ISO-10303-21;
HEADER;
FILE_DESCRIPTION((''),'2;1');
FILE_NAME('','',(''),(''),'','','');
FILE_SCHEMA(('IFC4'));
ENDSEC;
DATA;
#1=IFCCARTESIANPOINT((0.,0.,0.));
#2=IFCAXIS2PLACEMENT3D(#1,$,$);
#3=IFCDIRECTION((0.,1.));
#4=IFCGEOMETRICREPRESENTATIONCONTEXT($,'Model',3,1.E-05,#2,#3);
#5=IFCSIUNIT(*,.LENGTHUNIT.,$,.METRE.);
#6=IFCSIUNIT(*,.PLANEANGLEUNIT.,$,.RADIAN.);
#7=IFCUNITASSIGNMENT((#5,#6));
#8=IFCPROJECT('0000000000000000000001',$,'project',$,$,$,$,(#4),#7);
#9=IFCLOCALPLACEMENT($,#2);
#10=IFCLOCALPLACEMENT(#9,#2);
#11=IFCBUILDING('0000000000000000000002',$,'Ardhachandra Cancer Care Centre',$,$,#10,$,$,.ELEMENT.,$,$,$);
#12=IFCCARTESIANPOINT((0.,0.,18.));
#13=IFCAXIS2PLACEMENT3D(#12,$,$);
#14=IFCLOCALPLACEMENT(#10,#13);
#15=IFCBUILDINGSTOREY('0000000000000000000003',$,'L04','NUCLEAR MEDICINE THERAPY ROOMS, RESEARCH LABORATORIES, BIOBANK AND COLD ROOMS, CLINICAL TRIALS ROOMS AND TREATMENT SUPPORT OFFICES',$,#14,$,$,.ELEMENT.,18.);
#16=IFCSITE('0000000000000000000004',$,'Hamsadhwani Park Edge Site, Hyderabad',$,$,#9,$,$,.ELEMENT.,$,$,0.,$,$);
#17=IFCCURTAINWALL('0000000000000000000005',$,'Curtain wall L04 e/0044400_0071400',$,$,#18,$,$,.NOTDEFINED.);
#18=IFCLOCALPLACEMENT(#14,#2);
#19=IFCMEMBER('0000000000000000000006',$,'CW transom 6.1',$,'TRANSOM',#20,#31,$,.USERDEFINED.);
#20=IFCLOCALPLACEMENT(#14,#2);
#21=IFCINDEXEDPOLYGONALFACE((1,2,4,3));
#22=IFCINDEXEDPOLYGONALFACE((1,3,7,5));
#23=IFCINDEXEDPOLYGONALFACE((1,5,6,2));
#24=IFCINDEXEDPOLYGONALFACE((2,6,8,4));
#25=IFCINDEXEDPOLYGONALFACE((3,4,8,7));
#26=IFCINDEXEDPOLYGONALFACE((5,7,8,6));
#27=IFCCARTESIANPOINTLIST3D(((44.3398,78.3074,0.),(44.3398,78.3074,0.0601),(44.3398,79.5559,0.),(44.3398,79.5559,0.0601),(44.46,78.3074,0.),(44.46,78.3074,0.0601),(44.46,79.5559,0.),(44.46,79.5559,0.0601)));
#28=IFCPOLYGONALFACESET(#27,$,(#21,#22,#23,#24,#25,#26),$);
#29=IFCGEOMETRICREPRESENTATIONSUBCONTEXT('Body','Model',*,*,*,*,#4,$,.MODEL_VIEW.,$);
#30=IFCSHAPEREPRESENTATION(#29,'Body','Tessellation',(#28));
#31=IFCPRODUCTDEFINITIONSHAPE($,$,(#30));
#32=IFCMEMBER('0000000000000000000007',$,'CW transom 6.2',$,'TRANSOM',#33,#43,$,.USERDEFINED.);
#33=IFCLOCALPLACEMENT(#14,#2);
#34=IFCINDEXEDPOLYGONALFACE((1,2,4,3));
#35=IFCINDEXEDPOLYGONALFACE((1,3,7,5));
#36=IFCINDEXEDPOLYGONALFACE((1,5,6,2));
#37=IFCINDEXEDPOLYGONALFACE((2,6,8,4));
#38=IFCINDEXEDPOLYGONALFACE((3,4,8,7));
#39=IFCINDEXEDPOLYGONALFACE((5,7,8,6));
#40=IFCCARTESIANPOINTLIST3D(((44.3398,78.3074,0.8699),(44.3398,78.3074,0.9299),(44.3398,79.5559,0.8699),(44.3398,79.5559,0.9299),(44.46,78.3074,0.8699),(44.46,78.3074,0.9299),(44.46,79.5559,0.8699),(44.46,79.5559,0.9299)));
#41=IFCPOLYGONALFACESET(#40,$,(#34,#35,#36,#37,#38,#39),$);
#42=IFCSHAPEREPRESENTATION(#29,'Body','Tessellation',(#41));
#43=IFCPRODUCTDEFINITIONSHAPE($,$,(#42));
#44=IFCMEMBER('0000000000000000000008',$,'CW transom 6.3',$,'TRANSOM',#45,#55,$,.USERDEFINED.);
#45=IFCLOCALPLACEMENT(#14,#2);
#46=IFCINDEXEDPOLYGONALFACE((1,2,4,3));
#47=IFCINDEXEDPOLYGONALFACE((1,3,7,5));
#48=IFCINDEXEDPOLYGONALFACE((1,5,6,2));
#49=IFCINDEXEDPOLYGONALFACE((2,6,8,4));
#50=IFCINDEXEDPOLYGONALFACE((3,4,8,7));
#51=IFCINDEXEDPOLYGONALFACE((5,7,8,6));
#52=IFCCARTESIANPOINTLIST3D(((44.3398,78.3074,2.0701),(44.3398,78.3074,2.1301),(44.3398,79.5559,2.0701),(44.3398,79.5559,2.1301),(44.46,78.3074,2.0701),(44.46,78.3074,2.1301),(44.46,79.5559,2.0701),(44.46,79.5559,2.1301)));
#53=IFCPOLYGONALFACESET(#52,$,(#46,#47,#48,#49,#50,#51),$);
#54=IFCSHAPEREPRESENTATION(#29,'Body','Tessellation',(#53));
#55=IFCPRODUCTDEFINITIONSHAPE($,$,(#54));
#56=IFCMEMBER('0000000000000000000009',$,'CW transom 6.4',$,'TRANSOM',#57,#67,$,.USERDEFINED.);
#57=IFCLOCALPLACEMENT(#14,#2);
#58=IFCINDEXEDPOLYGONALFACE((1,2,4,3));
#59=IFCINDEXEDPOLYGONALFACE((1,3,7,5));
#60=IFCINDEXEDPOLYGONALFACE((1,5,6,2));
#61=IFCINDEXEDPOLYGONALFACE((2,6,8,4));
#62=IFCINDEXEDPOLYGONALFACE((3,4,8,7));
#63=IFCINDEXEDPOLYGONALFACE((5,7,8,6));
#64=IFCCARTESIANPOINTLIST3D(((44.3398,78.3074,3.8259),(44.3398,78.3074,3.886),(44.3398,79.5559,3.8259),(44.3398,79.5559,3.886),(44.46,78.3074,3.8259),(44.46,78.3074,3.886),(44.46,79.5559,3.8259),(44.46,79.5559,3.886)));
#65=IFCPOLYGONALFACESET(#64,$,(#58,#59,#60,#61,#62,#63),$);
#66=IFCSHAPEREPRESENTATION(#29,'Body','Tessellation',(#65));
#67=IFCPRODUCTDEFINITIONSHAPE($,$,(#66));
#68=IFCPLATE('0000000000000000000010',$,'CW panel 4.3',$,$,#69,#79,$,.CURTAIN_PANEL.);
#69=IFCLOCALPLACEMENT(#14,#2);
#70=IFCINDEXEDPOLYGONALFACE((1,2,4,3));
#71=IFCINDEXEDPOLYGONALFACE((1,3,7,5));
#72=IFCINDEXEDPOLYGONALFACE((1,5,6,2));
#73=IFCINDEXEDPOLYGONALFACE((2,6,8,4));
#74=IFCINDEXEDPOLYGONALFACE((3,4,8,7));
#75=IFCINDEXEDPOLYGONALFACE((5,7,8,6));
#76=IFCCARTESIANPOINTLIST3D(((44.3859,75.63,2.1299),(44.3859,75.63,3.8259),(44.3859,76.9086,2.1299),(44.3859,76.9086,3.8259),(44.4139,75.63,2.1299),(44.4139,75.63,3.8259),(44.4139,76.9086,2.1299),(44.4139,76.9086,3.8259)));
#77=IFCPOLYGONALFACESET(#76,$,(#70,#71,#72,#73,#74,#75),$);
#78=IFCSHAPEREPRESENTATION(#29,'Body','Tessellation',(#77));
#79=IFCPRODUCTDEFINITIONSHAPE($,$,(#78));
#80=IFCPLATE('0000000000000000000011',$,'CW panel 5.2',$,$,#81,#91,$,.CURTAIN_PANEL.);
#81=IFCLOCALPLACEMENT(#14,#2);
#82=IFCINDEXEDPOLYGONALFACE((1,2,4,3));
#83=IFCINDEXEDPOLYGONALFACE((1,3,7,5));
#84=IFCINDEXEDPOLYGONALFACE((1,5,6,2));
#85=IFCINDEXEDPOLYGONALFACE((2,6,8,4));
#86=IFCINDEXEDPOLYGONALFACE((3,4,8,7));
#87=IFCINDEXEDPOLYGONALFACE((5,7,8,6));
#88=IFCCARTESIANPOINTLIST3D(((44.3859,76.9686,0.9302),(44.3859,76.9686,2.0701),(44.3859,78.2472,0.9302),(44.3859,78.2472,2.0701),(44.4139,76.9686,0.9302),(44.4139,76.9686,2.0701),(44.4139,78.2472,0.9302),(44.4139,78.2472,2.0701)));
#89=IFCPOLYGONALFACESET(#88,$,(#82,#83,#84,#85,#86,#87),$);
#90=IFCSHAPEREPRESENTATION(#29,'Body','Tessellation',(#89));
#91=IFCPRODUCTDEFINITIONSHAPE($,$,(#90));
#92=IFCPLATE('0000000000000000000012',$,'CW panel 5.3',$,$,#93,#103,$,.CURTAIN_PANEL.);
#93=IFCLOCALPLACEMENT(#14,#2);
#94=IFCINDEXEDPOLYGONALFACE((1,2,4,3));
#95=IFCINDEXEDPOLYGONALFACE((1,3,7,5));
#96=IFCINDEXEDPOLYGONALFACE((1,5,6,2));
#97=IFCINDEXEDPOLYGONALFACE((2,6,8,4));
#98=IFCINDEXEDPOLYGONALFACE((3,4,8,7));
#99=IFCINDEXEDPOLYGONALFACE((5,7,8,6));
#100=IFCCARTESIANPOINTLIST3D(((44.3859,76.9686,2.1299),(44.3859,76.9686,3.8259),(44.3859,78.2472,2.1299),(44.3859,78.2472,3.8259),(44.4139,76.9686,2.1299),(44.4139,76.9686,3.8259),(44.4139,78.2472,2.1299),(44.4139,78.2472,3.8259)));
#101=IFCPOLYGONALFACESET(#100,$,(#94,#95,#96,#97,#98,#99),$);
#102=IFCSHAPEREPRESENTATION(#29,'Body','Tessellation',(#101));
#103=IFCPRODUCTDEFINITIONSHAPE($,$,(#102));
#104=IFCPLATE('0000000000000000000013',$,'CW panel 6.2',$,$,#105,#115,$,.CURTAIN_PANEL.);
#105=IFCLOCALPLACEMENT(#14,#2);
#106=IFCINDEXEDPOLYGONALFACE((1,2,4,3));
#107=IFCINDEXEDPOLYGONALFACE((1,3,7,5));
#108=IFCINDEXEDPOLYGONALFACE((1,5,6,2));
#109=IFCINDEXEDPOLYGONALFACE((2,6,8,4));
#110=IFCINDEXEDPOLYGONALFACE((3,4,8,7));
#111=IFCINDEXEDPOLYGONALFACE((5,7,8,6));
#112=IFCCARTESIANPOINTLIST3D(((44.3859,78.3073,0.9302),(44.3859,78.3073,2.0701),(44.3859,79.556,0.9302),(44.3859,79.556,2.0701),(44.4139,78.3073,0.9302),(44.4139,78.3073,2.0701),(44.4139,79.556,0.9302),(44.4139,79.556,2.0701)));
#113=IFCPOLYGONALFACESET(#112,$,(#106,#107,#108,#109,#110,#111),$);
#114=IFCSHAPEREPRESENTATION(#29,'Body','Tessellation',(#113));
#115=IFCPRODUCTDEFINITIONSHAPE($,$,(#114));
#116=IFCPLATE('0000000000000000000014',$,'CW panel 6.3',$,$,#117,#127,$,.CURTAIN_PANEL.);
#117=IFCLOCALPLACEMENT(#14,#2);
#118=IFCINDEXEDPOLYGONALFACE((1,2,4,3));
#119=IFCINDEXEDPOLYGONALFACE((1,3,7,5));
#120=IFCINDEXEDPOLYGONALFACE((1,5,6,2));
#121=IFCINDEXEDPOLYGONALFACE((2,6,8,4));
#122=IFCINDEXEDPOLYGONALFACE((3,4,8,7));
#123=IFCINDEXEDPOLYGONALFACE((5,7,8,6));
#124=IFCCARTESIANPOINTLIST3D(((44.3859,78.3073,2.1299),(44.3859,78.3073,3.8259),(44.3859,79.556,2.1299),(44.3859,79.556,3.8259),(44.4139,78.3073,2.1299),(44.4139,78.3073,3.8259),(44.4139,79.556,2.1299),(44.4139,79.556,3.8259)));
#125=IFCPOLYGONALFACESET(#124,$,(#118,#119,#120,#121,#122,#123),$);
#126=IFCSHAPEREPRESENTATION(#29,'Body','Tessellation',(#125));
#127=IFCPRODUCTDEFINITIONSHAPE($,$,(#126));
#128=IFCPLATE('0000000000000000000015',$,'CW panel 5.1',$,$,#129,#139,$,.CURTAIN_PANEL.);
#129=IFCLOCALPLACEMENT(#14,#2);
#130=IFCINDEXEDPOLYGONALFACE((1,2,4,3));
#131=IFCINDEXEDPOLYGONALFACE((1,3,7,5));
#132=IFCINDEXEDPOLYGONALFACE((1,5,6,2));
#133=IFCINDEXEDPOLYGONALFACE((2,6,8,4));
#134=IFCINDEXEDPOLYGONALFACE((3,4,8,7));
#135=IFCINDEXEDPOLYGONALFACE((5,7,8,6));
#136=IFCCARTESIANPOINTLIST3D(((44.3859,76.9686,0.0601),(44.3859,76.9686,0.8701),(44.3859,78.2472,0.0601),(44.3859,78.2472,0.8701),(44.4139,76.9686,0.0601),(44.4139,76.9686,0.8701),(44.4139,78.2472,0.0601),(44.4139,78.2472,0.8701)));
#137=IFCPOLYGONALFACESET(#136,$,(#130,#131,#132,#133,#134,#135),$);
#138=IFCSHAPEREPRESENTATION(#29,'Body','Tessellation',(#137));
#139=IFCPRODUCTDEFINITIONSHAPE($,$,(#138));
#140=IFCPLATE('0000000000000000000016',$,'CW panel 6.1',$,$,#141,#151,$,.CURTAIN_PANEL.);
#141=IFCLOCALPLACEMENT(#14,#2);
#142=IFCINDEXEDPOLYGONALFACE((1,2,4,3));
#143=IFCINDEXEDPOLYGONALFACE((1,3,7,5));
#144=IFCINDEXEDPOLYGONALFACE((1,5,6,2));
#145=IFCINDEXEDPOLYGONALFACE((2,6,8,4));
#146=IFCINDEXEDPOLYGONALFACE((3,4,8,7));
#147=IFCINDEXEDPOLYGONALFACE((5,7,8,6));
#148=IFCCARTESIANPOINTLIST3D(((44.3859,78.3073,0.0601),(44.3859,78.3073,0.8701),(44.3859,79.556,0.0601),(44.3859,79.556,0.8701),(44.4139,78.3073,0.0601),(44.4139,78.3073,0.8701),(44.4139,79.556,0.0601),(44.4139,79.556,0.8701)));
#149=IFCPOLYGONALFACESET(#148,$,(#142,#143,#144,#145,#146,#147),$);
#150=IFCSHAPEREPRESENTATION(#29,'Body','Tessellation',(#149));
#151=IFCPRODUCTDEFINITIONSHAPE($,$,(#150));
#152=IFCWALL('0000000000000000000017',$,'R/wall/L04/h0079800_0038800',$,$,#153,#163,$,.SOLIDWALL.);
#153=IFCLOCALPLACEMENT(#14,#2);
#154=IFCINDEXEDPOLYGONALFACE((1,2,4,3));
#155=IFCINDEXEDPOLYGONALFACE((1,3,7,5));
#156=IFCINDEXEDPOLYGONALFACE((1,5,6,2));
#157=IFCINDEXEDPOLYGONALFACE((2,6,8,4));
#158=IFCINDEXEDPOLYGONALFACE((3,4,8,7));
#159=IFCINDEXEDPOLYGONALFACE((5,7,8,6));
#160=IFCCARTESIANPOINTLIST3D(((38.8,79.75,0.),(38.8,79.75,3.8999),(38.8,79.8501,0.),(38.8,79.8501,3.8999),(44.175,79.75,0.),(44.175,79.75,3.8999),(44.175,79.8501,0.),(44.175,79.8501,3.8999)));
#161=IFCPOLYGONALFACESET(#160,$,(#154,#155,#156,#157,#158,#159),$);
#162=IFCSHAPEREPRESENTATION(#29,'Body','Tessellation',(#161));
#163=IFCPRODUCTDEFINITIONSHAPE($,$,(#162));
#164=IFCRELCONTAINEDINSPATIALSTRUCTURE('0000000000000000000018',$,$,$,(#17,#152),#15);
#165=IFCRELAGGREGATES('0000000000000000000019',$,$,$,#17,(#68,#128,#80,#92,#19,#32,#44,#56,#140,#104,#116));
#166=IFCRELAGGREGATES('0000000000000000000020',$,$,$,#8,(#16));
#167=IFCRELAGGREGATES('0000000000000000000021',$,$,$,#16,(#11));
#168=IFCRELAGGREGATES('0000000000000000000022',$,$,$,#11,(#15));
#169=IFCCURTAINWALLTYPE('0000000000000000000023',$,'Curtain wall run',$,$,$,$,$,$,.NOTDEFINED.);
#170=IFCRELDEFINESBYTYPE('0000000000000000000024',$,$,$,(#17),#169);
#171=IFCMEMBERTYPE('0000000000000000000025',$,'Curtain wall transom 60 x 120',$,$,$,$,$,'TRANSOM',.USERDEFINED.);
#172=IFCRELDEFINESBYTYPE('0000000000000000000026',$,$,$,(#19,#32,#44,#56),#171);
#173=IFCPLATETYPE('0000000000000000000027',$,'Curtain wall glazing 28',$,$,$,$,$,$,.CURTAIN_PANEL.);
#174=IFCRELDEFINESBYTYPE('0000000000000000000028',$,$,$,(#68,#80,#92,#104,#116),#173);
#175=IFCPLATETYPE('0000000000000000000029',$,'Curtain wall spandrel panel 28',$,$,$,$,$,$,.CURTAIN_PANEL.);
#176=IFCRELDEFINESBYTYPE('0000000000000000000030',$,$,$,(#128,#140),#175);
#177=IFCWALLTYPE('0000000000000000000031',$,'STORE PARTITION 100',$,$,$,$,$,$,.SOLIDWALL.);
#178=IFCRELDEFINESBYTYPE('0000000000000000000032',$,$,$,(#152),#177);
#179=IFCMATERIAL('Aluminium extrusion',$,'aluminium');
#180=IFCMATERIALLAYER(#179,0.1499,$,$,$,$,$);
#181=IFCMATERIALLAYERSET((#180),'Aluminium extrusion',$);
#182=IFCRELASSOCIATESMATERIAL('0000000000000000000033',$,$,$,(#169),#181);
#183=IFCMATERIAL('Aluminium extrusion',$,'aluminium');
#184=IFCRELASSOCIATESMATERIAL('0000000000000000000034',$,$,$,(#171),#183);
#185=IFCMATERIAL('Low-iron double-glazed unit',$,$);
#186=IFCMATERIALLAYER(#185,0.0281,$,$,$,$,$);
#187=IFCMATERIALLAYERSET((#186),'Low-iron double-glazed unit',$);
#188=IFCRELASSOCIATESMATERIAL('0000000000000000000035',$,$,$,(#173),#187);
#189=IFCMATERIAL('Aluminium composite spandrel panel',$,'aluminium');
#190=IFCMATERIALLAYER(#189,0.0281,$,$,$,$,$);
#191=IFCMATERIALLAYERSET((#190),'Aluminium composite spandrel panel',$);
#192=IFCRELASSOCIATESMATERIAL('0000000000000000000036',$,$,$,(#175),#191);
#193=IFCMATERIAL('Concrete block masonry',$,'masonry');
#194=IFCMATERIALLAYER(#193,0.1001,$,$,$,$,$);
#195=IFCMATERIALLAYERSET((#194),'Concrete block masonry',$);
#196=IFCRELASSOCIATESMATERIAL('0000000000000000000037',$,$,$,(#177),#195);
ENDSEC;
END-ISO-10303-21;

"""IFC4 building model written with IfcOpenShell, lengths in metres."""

from ifc_helpers import new_model, si_unit, direction, frame, frame_2d, origin, origin_2d, place, context, subcontext, project, spatial, rectangle, extrude, material, layer, layer_set, material_profile, profile_set, type_object, element, aggregate, save


model = new_model("IFC4")

# Units and contexts
model_context = context("Model", 3, precision=1e-05, world=origin(), true_north=direction((0.0, 1.0)))
body_context = subcontext(model_context, "Body", "Model", "MODEL_VIEW")
ifc_project = project(units=[si_unit("LENGTHUNIT", "METRE"), si_unit("PLANEANGLEUNIT", "RADIAN")], contexts=[model_context])

# Site, building, storey
site_placement = place(None, origin())
site = spatial("IfcSite", under=ifc_project, at=site_placement, Name="Hamsadhwani Park Edge Site, Hyderabad", CompositionType="ELEMENT", RefElevation=0.0)
building_placement = place(site_placement, origin())
building = spatial("IfcBuilding", under=site, at=building_placement, Name="Ardhachandra Cancer Care Centre", CompositionType="ELEMENT")
storey_placement = place(building_placement, frame((0.0, 0.0, 18.0)))
storey = spatial("IfcBuildingStorey", under=building, at=storey_placement, Name="L04", Description="NUCLEAR MEDICINE THERAPY ROOMS, RESEARCH LABORATORIES, BIOBANK AND COLD ROOMS, CLINICAL TRIALS ROOMS AND TREATMENT SUPPORT OFFICES", CompositionType="ELEMENT", Elevation=18.0)

# Curtain wall, members, plates
ifc_material_1 = material(Name="Aluminium extrusion", Category="aluminium")
ifc_layer_1 = layer(ifc_material_1, 0.1499)
ifc_layer_set_1 = layer_set([ifc_layer_1], Name="Aluminium extrusion")
curtain_wall_type = type_object("IfcCurtainWallType", Name="Curtain wall run", PredefinedType="NOTDEFINED", material=ifc_layer_set_1)
curtain_wall_placement = place(storey_placement, origin())
curtain_wall = element("IfcCurtainWall", 1, at=curtain_wall_placement, inside=storey, type_object=curtain_wall_type, Name="Curtain wall L04 e/0044400_0071400", PredefinedType="NOTDEFINED")
ifc_material_2 = material(Name="Aluminium extrusion", Category="aluminium")
ifc_material_profile_1 = material_profile(ifc_material_2, rectangle(XDim=0.1201, YDim=0.0601, at=origin_2d()), Name="Curtain wall transom 60 x 120")
ifc_profile_set_1 = profile_set([ifc_material_profile_1], Name="Aluminium extrusion")
member_type_1 = type_object("IfcMemberType", Name="Curtain wall transom 60 x 120", ElementType="TRANSOM", PredefinedType="USERDEFINED", material=ifc_profile_set_1)
member_1_placement = place(storey_placement, frame((44.3999, 78.3074, 0.03), z_axis=(0.0, 1.0, 0.0), x_axis=(-1.0, 0.0, 0.0)))
member_1 = element("IfcMember", 2, at=member_1_placement, type_object=member_type_1, Name="CW transom 6.1", ObjectType="TRANSOM", PredefinedType="USERDEFINED", context=body_context, shape_type="SweptSolid", body=[
    extrude(rectangle(XDim=0.1201, YDim=0.0601, at=origin_2d()), origin(), (0.0, 0.0, 1.0), 1.2485),
])
member_2_placement = place(storey_placement, frame((44.3999, 78.3074, 0.8999), z_axis=(0.0, 1.0, 0.0), x_axis=(-1.0, 0.0, 0.0)))
member_2 = element("IfcMember", 3, at=member_2_placement, type_object=member_type_1, Name="CW transom 6.2", ObjectType="TRANSOM", PredefinedType="USERDEFINED", context=body_context, shape_type="SweptSolid", body=[
    extrude(rectangle(XDim=0.1201, YDim=0.0601, at=origin_2d()), origin(), (0.0, 0.0, 1.0), 1.2485),
])
member_3_placement = place(storey_placement, frame((44.3999, 78.3074, 2.1001), z_axis=(0.0, 1.0, 0.0), x_axis=(-1.0, 0.0, 0.0)))
member_3 = element("IfcMember", 4, at=member_3_placement, type_object=member_type_1, Name="CW transom 6.3", ObjectType="TRANSOM", PredefinedType="USERDEFINED", context=body_context, shape_type="SweptSolid", body=[
    extrude(rectangle(XDim=0.1201, YDim=0.0601, at=origin_2d()), origin(), (0.0, 0.0, 1.0), 1.2485),
])
member_4_placement = place(storey_placement, frame((44.3999, 78.3074, 3.856), z_axis=(0.0, 1.0, 0.0), x_axis=(-1.0, 0.0, 0.0)))
member_4 = element("IfcMember", 5, at=member_4_placement, type_object=member_type_1, Name="CW transom 6.4", ObjectType="TRANSOM", PredefinedType="USERDEFINED", context=body_context, shape_type="SweptSolid", body=[
    extrude(rectangle(XDim=0.1201, YDim=0.0601, at=origin_2d()), origin(), (0.0, 0.0, 1.0), 1.2485),
])
ifc_material_3 = material(Name="Low-iron double-glazed unit")
ifc_layer_2 = layer(ifc_material_3, 0.0281)
ifc_layer_set_2 = layer_set([ifc_layer_2], Name="Low-iron double-glazed unit")
plate_type_1 = type_object("IfcPlateType", Name="Curtain wall glazing 28", PredefinedType="CURTAIN_PANEL", material=ifc_layer_set_2)
plate_1_placement = place(storey_placement, frame((44.3999, 76.2693, 2.1299), z_axis=(0.0, 0.0, 1.0), x_axis=(0.0, 1.0, 0.0)))
plate_1 = element("IfcPlate", 6, at=plate_1_placement, type_object=plate_type_1, Name="CW panel 4.3", PredefinedType="CURTAIN_PANEL", context=body_context, shape_type="SweptSolid", body=[
    extrude(rectangle(XDim=1.2786, YDim=0.0281, at=origin_2d()), origin(), (0.0, 0.0, 1.0), 1.696),
])
plate_2_placement = place(storey_placement, frame((44.3999, 77.6079, 0.9302), z_axis=(0.0, 0.0, 1.0), x_axis=(0.0, 1.0, 0.0)))
plate_2 = element("IfcPlate", 7, at=plate_2_placement, type_object=plate_type_1, Name="CW panel 5.2", PredefinedType="CURTAIN_PANEL", context=body_context, shape_type="SweptSolid", body=[
    extrude(rectangle(XDim=1.2786, YDim=0.0281, at=origin_2d()), origin(), (0.0, 0.0, 1.0), 1.1399),
])
plate_3_placement = place(storey_placement, frame((44.3999, 77.6079, 2.1299), z_axis=(0.0, 0.0, 1.0), x_axis=(0.0, 1.0, 0.0)))
plate_3 = element("IfcPlate", 8, at=plate_3_placement, type_object=plate_type_1, Name="CW panel 5.3", PredefinedType="CURTAIN_PANEL", context=body_context, shape_type="SweptSolid", body=[
    extrude(rectangle(XDim=1.2786, YDim=0.0281, at=origin_2d()), origin(), (0.0, 0.0, 1.0), 1.696),
])
plate_4_placement = place(storey_placement, frame((44.3999, 78.9316, 0.9302), z_axis=(0.0, 0.0, 1.0), x_axis=(0.0, 1.0, 0.0)))
plate_4 = element("IfcPlate", 9, at=plate_4_placement, type_object=plate_type_1, Name="CW panel 6.2", PredefinedType="CURTAIN_PANEL", context=body_context, shape_type="SweptSolid", body=[
    extrude(rectangle(XDim=1.2488, YDim=0.0281, at=origin_2d()), origin(), (0.0, 0.0, 1.0), 1.1399),
])
plate_5_placement = place(storey_placement, frame((44.3999, 78.9316, 2.1299), z_axis=(0.0, 0.0, 1.0), x_axis=(0.0, 1.0, 0.0)))
plate_5 = element("IfcPlate", 10, at=plate_5_placement, type_object=plate_type_1, Name="CW panel 6.3", PredefinedType="CURTAIN_PANEL", context=body_context, shape_type="SweptSolid", body=[
    extrude(rectangle(XDim=1.2488, YDim=0.0281, at=origin_2d()), origin(), (0.0, 0.0, 1.0), 1.696),
])
ifc_material_4 = material(Name="Aluminium composite spandrel panel", Category="aluminium")
ifc_layer_3 = layer(ifc_material_4, 0.0281)
ifc_layer_set_3 = layer_set([ifc_layer_3], Name="Aluminium composite spandrel panel")
plate_type_2 = type_object("IfcPlateType", Name="Curtain wall spandrel panel 28", PredefinedType="CURTAIN_PANEL", material=ifc_layer_set_3)
plate_6_placement = place(storey_placement, frame((44.3999, 77.6079, 0.0601), z_axis=(0.0, 0.0, 1.0), x_axis=(0.0, 1.0, 0.0)))
plate_6 = element("IfcPlate", 11, at=plate_6_placement, type_object=plate_type_2, Name="CW panel 5.1", PredefinedType="CURTAIN_PANEL", context=body_context, shape_type="SweptSolid", body=[
    extrude(rectangle(XDim=1.2786, YDim=0.0281, at=origin_2d()), origin(), (0.0, 0.0, 1.0), 0.8101),
])
plate_7_placement = place(storey_placement, frame((44.3999, 78.9316, 0.0601), z_axis=(0.0, 0.0, 1.0), x_axis=(0.0, 1.0, 0.0)))
plate_7 = element("IfcPlate", 12, at=plate_7_placement, type_object=plate_type_2, Name="CW panel 6.1", PredefinedType="CURTAIN_PANEL", context=body_context, shape_type="SweptSolid", body=[
    extrude(rectangle(XDim=1.2488, YDim=0.0281, at=origin_2d()), origin(), (0.0, 0.0, 1.0), 0.8101),
])
aggregate(curtain_wall, [plate_1, plate_6, plate_2, plate_3, member_1, member_2, member_3, member_4, plate_7, plate_4, plate_5])

# Wall
ifc_material_5 = material(Name="Concrete block masonry", Category="masonry")
ifc_layer_4 = layer(ifc_material_5, 0.1001)
ifc_layer_set_4 = layer_set([ifc_layer_4], Name="Concrete block masonry")
wall_type = type_object("IfcWallType", Name="STORE PARTITION 100", PredefinedType="SOLIDWALL", material=ifc_layer_set_4)
wall_placement = place(storey_placement, frame((38.8, 79.8, 0.0), z_axis=(0.0, 0.0, 1.0), x_axis=(1.0, 0.0, 0.0)))
element("IfcWall", 13, at=wall_placement, inside=storey, type_object=wall_type, Name="R/wall/L04/h0079800_0038800", PredefinedType="SOLIDWALL", context=body_context, shape_type="SweptSolid", body=[
    extrude(rectangle(XDim=5.375, YDim=0.1001, at=frame_2d((2.6875, 0.0))), origin(), (0.0, 0.0, 1.0), 3.8999),
])

save(model, "model.ifc")
